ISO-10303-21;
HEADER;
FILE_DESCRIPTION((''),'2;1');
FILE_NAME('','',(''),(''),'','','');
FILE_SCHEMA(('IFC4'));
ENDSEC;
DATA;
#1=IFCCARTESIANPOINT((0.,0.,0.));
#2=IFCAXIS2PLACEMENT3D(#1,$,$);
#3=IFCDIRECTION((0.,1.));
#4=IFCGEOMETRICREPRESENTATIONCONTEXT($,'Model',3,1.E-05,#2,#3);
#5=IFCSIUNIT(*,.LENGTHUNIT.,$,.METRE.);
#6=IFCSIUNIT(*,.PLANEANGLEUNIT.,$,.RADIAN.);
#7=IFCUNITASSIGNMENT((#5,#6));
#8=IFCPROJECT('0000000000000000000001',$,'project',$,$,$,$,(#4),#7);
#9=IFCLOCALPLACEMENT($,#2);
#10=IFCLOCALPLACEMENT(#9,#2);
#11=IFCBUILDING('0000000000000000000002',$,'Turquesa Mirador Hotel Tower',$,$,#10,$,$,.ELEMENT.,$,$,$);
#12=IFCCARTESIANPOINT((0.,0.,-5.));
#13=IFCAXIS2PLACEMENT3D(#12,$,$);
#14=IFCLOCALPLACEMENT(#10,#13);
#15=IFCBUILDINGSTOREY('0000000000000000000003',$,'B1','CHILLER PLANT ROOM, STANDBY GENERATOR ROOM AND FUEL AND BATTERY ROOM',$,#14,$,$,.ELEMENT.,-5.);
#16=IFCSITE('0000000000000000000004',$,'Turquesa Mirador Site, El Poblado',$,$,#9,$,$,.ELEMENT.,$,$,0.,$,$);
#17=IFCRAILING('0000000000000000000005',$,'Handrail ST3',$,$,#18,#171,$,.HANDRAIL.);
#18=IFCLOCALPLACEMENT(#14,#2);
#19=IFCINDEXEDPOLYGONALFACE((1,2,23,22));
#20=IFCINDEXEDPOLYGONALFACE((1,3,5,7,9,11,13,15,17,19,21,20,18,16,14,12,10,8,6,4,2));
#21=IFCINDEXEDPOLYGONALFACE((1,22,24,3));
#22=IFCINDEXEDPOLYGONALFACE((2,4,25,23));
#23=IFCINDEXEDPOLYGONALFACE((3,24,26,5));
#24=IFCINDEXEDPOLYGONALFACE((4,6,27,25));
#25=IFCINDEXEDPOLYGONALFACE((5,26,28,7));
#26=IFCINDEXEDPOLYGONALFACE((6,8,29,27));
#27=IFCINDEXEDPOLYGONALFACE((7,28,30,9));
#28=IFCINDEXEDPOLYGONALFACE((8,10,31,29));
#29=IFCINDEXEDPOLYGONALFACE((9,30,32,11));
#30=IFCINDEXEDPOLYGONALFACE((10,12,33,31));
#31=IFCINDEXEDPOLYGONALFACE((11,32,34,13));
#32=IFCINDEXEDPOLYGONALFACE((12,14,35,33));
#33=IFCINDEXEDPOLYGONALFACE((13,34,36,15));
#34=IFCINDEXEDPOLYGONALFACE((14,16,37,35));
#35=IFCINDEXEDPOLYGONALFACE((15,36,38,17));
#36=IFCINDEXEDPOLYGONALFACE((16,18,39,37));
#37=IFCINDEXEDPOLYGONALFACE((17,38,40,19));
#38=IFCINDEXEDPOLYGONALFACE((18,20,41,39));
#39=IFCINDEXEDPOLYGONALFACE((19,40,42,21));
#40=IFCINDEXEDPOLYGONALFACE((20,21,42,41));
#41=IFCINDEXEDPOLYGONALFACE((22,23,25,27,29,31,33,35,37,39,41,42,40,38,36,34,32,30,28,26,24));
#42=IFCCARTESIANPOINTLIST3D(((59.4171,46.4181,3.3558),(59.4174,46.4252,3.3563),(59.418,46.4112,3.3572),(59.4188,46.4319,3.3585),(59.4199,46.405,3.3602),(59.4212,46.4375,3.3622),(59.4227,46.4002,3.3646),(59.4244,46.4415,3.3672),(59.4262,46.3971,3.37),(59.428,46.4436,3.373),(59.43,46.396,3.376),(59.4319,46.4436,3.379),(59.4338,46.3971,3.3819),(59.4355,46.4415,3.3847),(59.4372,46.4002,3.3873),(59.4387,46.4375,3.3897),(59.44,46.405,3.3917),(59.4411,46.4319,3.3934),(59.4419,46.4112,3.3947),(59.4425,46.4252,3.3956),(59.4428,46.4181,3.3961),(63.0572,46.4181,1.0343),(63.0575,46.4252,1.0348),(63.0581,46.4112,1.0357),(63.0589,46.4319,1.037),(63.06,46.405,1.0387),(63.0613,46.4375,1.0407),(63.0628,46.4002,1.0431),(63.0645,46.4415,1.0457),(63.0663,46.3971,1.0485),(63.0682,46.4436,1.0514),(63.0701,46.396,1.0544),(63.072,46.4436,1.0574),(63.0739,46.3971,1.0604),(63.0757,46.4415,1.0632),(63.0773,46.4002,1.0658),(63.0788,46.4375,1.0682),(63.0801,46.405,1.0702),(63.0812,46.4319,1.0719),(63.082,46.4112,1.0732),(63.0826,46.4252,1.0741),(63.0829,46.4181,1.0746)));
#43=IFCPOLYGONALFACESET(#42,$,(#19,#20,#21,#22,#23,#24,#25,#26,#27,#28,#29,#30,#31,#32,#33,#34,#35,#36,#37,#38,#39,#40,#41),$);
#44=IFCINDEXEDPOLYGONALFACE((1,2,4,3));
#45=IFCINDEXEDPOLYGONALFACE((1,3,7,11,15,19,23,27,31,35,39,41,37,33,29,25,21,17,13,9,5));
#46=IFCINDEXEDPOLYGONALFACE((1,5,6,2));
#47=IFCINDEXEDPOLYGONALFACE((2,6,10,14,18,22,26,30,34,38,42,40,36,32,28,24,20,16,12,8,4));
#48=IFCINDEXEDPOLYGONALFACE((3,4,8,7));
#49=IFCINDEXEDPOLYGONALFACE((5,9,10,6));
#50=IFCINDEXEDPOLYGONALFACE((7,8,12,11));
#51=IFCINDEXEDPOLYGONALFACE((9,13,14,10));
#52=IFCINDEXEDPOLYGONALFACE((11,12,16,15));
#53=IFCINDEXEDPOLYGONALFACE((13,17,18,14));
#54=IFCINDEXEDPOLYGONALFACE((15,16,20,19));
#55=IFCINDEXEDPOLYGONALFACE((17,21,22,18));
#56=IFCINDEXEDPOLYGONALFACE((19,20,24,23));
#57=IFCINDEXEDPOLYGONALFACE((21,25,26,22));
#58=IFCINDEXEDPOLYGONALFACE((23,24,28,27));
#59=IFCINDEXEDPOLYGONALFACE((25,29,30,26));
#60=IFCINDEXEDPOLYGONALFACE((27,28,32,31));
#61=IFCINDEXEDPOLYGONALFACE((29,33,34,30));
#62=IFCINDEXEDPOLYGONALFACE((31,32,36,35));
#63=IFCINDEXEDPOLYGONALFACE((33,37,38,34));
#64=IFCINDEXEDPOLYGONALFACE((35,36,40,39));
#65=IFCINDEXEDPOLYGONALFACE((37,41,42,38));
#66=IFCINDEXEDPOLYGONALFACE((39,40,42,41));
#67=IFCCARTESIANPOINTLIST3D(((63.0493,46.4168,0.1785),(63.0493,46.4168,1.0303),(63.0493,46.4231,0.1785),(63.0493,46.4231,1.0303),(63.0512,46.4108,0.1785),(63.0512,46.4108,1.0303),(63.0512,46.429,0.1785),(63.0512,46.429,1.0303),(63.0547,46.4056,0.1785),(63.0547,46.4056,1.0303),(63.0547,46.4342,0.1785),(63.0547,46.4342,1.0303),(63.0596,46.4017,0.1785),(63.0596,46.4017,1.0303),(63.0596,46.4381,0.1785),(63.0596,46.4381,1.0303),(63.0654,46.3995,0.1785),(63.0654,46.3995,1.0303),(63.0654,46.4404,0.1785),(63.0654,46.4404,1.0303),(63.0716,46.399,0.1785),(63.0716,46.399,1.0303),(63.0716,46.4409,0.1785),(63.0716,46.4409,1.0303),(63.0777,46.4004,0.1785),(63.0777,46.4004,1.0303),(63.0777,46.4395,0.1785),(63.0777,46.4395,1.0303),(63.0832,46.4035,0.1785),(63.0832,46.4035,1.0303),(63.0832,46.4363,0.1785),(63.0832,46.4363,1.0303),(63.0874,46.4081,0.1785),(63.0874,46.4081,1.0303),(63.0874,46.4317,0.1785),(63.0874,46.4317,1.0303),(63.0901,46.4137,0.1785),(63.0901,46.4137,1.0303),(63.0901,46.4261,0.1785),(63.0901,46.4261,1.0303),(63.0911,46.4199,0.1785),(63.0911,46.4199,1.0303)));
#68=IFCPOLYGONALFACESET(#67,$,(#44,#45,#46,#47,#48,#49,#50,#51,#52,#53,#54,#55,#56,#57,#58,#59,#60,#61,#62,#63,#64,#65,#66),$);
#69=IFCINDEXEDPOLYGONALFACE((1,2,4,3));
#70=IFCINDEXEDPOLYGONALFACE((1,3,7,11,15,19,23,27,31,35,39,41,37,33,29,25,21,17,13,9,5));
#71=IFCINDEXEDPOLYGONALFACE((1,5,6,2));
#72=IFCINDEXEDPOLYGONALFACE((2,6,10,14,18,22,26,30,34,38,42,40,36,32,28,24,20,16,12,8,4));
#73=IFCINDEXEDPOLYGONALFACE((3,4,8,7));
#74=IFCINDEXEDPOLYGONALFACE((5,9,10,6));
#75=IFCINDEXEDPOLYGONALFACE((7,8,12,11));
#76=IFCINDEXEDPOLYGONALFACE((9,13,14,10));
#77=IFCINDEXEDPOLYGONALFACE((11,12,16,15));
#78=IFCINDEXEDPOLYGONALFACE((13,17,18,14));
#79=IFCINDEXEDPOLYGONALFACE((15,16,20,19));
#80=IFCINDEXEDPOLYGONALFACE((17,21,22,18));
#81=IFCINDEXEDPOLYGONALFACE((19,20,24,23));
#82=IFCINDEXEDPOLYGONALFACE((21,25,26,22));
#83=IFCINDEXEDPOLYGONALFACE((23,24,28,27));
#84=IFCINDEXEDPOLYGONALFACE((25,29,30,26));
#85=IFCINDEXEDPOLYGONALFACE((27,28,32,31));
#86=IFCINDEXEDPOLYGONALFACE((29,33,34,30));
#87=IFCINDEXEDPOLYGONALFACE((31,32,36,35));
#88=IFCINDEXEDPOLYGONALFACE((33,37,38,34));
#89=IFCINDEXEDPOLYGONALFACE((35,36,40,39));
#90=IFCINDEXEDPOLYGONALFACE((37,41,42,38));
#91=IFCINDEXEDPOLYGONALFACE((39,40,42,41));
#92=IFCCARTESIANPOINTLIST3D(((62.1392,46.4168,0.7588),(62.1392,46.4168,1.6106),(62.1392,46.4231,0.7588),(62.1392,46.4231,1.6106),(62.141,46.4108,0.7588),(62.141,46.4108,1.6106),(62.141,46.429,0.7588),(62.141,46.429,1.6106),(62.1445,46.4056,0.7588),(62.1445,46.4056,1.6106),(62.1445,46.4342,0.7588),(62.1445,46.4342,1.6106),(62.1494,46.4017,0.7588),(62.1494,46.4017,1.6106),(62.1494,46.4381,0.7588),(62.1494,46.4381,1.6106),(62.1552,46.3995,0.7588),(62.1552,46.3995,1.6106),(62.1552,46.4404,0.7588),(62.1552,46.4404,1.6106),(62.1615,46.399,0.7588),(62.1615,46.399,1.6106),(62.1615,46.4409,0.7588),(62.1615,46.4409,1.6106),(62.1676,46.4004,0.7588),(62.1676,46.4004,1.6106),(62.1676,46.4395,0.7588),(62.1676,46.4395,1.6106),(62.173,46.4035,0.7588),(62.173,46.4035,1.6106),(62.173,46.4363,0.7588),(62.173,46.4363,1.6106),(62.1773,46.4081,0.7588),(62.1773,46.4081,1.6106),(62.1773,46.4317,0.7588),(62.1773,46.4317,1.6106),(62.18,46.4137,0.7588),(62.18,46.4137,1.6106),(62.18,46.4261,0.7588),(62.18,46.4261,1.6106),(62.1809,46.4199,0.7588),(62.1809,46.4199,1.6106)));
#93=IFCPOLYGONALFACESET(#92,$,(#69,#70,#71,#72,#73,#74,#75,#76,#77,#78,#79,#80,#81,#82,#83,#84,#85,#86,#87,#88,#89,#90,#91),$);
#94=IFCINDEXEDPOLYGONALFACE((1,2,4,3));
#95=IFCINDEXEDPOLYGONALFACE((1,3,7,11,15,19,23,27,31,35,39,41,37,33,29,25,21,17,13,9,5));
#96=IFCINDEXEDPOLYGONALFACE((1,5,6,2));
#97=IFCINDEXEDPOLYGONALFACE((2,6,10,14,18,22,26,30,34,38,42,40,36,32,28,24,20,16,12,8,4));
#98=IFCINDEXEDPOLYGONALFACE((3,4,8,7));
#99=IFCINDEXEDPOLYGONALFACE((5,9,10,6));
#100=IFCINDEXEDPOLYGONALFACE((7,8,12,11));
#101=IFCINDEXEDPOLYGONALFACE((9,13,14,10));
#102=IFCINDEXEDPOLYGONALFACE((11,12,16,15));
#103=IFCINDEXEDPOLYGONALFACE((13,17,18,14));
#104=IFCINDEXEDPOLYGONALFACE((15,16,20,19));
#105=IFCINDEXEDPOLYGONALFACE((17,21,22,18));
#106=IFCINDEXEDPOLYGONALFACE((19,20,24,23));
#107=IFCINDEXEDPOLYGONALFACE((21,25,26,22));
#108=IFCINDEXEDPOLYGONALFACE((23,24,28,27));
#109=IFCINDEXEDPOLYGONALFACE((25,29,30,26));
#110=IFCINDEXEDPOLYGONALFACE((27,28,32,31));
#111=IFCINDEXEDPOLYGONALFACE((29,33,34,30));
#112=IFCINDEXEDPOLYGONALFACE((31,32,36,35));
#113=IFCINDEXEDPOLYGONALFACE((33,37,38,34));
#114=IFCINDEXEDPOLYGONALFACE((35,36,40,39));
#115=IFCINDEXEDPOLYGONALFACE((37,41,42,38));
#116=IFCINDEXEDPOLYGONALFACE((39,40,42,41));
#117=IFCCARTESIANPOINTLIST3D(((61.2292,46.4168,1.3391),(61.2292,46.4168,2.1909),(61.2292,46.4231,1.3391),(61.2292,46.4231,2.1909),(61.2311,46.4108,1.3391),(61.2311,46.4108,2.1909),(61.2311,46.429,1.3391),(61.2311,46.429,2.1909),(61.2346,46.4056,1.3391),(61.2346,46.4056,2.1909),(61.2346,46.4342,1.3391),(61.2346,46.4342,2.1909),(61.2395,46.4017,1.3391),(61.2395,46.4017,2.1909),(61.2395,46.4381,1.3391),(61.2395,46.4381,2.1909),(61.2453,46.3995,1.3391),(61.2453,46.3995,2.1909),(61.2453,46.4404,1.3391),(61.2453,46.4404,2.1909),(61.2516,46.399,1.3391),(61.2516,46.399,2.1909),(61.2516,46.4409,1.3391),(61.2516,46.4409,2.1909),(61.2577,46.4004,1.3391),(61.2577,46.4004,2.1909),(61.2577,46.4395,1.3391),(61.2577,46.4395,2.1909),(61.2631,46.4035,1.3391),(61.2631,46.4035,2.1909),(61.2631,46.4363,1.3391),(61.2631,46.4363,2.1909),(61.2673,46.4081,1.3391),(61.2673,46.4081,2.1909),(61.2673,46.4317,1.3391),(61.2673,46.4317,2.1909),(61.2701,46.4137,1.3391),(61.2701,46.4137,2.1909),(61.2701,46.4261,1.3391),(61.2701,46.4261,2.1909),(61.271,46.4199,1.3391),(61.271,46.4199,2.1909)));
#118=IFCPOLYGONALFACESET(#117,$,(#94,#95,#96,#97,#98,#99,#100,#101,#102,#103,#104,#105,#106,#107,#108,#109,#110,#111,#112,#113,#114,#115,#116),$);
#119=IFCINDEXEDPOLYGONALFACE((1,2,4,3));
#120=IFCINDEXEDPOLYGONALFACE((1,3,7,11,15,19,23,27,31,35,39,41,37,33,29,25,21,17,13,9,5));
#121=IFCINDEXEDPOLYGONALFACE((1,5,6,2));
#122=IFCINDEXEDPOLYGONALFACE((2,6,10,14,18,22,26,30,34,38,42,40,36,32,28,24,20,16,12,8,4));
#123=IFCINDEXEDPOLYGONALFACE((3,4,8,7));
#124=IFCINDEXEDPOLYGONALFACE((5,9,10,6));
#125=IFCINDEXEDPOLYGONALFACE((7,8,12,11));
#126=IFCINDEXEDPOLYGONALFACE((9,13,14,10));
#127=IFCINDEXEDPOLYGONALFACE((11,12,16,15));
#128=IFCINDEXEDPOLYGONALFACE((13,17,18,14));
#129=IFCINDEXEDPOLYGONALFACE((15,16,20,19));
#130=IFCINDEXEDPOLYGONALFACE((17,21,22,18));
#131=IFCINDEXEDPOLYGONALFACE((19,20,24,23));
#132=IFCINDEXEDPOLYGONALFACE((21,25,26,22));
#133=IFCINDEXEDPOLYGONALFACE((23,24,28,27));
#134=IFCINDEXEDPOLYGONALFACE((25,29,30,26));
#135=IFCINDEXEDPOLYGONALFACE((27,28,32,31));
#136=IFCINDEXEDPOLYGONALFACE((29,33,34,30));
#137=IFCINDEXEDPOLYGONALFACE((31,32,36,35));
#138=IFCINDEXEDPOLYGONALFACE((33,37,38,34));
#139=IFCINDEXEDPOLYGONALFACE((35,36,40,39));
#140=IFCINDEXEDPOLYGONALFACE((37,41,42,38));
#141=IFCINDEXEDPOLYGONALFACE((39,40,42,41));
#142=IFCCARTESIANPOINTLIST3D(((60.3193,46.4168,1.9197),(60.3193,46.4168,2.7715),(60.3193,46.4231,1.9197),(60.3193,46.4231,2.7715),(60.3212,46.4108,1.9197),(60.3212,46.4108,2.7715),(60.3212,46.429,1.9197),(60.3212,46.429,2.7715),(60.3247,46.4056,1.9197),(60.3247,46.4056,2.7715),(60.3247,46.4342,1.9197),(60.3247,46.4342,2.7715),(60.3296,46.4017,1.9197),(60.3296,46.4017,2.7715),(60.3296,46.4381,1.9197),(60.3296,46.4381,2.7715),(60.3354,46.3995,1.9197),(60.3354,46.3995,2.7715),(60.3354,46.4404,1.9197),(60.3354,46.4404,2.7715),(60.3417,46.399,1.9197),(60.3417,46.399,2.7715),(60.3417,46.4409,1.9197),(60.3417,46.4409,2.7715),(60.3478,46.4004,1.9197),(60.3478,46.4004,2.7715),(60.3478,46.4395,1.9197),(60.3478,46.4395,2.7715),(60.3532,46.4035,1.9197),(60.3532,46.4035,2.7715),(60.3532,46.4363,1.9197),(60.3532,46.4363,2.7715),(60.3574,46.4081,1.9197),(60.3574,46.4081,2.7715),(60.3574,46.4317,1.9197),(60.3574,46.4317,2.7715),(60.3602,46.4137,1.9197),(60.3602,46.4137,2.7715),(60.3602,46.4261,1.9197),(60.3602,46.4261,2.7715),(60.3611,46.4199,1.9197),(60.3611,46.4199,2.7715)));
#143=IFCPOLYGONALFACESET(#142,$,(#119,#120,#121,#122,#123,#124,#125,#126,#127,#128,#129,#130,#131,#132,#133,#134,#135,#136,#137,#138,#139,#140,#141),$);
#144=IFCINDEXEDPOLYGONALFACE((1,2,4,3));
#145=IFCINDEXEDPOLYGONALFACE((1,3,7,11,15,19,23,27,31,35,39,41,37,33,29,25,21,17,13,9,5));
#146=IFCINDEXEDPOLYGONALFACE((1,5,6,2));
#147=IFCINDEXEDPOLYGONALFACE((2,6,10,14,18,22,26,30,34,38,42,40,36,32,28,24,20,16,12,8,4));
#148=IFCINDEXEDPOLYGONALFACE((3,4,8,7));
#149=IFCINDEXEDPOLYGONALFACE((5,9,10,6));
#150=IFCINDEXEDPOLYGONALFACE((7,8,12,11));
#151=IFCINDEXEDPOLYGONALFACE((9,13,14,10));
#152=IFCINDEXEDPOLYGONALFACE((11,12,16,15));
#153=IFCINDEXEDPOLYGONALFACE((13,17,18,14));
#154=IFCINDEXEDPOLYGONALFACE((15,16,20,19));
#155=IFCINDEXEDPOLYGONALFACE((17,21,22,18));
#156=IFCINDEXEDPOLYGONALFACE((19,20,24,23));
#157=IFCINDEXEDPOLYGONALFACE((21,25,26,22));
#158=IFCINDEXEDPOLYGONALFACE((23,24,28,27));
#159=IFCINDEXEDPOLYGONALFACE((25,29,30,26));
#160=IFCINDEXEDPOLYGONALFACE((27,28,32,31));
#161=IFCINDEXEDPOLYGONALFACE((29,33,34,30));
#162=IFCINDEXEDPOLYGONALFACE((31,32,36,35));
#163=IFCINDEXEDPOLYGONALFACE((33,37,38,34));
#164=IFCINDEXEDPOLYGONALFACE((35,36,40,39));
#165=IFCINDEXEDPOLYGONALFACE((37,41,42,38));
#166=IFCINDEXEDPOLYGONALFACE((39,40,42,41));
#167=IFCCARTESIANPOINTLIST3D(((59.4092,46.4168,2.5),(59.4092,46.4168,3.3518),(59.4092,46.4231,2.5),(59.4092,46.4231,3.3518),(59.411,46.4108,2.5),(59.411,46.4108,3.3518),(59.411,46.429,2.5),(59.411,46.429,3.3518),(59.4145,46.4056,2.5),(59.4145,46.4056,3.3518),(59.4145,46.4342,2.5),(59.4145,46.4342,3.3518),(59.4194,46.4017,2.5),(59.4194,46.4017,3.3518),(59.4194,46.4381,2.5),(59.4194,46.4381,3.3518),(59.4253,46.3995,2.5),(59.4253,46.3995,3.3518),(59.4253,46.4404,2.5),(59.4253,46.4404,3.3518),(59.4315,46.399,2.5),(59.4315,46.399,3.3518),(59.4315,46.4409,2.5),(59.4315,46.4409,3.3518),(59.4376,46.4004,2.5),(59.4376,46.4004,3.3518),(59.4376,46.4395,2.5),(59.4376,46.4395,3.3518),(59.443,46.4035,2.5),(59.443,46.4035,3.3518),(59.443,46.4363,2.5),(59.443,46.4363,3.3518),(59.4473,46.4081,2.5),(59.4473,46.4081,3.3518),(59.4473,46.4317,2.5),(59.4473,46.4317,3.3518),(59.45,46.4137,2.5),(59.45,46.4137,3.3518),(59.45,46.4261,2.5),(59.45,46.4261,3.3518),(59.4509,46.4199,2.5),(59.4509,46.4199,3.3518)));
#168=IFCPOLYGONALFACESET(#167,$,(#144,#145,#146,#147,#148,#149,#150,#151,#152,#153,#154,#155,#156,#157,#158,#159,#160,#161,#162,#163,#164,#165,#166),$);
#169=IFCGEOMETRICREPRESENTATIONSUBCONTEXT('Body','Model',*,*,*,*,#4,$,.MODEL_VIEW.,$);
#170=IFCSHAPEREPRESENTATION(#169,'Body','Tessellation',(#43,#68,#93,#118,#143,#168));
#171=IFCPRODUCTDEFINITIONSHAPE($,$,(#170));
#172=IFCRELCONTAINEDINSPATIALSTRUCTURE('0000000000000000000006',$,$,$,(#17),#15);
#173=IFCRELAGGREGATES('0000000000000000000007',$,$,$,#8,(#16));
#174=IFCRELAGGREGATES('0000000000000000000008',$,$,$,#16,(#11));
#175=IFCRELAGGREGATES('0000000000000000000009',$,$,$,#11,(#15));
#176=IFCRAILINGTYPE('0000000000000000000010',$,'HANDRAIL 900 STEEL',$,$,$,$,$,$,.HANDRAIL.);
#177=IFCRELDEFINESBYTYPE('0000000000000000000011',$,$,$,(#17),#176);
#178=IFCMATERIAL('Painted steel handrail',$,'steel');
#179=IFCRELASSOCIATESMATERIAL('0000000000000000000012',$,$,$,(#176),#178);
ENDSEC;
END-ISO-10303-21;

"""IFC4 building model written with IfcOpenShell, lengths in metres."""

from ifc_helpers import new_model, si_unit, direction, frame, origin, origin_2d, place, context, subcontext, project, spatial, circle, extrude, material, type_object, element, save


model = new_model("IFC4")

# Units and contexts
model_context = context("Model", 3, precision=1e-05, world=origin(), true_north=direction((0.0, 1.0)))
body_context = subcontext(model_context, "Body", "Model", "MODEL_VIEW")
ifc_project = project(units=[si_unit("LENGTHUNIT", "METRE"), si_unit("PLANEANGLEUNIT", "RADIAN")], contexts=[model_context])

# Site, building, storey
site_placement = place(None, origin())
site = spatial("IfcSite", under=ifc_project, at=site_placement, Name="Turquesa Mirador Site, El Poblado", CompositionType="ELEMENT", RefElevation=0.0)
building_placement = place(site_placement, origin())
building = spatial("IfcBuilding", under=site, at=building_placement, Name="Turquesa Mirador Hotel Tower", CompositionType="ELEMENT")
storey_placement = place(building_placement, frame((0.0, 0.0, -5.0)))
storey = spatial("IfcBuildingStorey", under=building, at=storey_placement, Name="B1", Description="CHILLER PLANT ROOM, STANDBY GENERATOR ROOM AND FUEL AND BATTERY ROOM", CompositionType="ELEMENT", Elevation=-5.0)

# Railing
ifc_material_1 = material(Name="Painted steel handrail", Category="steel")
railing_type = type_object("IfcRailingType", Name="HANDRAIL 900 STEEL", PredefinedType="HANDRAIL", material=ifc_material_1)
for number, where, name in (
    (1, (63.0701, 46.4199, 0.1785), "Handrail ST3"),
):
    element("IfcRailing", number, at=place(storey_placement, frame(where)), inside=storey, type_object=railing_type, Name=name, PredefinedType="HANDRAIL", context=body_context, shape_type="SweptSolid", body=[
        extrude(circle(Radius=0.0239, at=origin_2d()), frame((0.0, 0.0, 0.876), z_axis=(-0.843128, 0.0, 0.537713), x_axis=(0.0, -1.0, 0.0)), (0.0, 0.0, 1.0), 4.3174),
        extrude(circle(Radius=0.021, at=origin_2d()), origin(), (0.0, 0.0, 1.0), 0.8518),
        extrude(circle(Radius=0.021, at=origin_2d()), frame((-0.9102, 0.0, 0.5803)), (0.0, 0.0, 1.0), 0.8518),
        extrude(circle(Radius=0.021, at=origin_2d()), frame((-1.8201, 0.0, 1.1606)), (0.0, 0.0, 1.0), 0.8518),
        extrude(circle(Radius=0.021, at=origin_2d()), frame((-2.73, 0.0, 1.7412)), (0.0, 0.0, 1.0), 0.8518),
        extrude(circle(Radius=0.021, at=origin_2d()), frame((-3.6401, 0.0, 2.3215)), (0.0, 0.0, 1.0), 0.8518),
    ])

save(model, "model.ifc")
